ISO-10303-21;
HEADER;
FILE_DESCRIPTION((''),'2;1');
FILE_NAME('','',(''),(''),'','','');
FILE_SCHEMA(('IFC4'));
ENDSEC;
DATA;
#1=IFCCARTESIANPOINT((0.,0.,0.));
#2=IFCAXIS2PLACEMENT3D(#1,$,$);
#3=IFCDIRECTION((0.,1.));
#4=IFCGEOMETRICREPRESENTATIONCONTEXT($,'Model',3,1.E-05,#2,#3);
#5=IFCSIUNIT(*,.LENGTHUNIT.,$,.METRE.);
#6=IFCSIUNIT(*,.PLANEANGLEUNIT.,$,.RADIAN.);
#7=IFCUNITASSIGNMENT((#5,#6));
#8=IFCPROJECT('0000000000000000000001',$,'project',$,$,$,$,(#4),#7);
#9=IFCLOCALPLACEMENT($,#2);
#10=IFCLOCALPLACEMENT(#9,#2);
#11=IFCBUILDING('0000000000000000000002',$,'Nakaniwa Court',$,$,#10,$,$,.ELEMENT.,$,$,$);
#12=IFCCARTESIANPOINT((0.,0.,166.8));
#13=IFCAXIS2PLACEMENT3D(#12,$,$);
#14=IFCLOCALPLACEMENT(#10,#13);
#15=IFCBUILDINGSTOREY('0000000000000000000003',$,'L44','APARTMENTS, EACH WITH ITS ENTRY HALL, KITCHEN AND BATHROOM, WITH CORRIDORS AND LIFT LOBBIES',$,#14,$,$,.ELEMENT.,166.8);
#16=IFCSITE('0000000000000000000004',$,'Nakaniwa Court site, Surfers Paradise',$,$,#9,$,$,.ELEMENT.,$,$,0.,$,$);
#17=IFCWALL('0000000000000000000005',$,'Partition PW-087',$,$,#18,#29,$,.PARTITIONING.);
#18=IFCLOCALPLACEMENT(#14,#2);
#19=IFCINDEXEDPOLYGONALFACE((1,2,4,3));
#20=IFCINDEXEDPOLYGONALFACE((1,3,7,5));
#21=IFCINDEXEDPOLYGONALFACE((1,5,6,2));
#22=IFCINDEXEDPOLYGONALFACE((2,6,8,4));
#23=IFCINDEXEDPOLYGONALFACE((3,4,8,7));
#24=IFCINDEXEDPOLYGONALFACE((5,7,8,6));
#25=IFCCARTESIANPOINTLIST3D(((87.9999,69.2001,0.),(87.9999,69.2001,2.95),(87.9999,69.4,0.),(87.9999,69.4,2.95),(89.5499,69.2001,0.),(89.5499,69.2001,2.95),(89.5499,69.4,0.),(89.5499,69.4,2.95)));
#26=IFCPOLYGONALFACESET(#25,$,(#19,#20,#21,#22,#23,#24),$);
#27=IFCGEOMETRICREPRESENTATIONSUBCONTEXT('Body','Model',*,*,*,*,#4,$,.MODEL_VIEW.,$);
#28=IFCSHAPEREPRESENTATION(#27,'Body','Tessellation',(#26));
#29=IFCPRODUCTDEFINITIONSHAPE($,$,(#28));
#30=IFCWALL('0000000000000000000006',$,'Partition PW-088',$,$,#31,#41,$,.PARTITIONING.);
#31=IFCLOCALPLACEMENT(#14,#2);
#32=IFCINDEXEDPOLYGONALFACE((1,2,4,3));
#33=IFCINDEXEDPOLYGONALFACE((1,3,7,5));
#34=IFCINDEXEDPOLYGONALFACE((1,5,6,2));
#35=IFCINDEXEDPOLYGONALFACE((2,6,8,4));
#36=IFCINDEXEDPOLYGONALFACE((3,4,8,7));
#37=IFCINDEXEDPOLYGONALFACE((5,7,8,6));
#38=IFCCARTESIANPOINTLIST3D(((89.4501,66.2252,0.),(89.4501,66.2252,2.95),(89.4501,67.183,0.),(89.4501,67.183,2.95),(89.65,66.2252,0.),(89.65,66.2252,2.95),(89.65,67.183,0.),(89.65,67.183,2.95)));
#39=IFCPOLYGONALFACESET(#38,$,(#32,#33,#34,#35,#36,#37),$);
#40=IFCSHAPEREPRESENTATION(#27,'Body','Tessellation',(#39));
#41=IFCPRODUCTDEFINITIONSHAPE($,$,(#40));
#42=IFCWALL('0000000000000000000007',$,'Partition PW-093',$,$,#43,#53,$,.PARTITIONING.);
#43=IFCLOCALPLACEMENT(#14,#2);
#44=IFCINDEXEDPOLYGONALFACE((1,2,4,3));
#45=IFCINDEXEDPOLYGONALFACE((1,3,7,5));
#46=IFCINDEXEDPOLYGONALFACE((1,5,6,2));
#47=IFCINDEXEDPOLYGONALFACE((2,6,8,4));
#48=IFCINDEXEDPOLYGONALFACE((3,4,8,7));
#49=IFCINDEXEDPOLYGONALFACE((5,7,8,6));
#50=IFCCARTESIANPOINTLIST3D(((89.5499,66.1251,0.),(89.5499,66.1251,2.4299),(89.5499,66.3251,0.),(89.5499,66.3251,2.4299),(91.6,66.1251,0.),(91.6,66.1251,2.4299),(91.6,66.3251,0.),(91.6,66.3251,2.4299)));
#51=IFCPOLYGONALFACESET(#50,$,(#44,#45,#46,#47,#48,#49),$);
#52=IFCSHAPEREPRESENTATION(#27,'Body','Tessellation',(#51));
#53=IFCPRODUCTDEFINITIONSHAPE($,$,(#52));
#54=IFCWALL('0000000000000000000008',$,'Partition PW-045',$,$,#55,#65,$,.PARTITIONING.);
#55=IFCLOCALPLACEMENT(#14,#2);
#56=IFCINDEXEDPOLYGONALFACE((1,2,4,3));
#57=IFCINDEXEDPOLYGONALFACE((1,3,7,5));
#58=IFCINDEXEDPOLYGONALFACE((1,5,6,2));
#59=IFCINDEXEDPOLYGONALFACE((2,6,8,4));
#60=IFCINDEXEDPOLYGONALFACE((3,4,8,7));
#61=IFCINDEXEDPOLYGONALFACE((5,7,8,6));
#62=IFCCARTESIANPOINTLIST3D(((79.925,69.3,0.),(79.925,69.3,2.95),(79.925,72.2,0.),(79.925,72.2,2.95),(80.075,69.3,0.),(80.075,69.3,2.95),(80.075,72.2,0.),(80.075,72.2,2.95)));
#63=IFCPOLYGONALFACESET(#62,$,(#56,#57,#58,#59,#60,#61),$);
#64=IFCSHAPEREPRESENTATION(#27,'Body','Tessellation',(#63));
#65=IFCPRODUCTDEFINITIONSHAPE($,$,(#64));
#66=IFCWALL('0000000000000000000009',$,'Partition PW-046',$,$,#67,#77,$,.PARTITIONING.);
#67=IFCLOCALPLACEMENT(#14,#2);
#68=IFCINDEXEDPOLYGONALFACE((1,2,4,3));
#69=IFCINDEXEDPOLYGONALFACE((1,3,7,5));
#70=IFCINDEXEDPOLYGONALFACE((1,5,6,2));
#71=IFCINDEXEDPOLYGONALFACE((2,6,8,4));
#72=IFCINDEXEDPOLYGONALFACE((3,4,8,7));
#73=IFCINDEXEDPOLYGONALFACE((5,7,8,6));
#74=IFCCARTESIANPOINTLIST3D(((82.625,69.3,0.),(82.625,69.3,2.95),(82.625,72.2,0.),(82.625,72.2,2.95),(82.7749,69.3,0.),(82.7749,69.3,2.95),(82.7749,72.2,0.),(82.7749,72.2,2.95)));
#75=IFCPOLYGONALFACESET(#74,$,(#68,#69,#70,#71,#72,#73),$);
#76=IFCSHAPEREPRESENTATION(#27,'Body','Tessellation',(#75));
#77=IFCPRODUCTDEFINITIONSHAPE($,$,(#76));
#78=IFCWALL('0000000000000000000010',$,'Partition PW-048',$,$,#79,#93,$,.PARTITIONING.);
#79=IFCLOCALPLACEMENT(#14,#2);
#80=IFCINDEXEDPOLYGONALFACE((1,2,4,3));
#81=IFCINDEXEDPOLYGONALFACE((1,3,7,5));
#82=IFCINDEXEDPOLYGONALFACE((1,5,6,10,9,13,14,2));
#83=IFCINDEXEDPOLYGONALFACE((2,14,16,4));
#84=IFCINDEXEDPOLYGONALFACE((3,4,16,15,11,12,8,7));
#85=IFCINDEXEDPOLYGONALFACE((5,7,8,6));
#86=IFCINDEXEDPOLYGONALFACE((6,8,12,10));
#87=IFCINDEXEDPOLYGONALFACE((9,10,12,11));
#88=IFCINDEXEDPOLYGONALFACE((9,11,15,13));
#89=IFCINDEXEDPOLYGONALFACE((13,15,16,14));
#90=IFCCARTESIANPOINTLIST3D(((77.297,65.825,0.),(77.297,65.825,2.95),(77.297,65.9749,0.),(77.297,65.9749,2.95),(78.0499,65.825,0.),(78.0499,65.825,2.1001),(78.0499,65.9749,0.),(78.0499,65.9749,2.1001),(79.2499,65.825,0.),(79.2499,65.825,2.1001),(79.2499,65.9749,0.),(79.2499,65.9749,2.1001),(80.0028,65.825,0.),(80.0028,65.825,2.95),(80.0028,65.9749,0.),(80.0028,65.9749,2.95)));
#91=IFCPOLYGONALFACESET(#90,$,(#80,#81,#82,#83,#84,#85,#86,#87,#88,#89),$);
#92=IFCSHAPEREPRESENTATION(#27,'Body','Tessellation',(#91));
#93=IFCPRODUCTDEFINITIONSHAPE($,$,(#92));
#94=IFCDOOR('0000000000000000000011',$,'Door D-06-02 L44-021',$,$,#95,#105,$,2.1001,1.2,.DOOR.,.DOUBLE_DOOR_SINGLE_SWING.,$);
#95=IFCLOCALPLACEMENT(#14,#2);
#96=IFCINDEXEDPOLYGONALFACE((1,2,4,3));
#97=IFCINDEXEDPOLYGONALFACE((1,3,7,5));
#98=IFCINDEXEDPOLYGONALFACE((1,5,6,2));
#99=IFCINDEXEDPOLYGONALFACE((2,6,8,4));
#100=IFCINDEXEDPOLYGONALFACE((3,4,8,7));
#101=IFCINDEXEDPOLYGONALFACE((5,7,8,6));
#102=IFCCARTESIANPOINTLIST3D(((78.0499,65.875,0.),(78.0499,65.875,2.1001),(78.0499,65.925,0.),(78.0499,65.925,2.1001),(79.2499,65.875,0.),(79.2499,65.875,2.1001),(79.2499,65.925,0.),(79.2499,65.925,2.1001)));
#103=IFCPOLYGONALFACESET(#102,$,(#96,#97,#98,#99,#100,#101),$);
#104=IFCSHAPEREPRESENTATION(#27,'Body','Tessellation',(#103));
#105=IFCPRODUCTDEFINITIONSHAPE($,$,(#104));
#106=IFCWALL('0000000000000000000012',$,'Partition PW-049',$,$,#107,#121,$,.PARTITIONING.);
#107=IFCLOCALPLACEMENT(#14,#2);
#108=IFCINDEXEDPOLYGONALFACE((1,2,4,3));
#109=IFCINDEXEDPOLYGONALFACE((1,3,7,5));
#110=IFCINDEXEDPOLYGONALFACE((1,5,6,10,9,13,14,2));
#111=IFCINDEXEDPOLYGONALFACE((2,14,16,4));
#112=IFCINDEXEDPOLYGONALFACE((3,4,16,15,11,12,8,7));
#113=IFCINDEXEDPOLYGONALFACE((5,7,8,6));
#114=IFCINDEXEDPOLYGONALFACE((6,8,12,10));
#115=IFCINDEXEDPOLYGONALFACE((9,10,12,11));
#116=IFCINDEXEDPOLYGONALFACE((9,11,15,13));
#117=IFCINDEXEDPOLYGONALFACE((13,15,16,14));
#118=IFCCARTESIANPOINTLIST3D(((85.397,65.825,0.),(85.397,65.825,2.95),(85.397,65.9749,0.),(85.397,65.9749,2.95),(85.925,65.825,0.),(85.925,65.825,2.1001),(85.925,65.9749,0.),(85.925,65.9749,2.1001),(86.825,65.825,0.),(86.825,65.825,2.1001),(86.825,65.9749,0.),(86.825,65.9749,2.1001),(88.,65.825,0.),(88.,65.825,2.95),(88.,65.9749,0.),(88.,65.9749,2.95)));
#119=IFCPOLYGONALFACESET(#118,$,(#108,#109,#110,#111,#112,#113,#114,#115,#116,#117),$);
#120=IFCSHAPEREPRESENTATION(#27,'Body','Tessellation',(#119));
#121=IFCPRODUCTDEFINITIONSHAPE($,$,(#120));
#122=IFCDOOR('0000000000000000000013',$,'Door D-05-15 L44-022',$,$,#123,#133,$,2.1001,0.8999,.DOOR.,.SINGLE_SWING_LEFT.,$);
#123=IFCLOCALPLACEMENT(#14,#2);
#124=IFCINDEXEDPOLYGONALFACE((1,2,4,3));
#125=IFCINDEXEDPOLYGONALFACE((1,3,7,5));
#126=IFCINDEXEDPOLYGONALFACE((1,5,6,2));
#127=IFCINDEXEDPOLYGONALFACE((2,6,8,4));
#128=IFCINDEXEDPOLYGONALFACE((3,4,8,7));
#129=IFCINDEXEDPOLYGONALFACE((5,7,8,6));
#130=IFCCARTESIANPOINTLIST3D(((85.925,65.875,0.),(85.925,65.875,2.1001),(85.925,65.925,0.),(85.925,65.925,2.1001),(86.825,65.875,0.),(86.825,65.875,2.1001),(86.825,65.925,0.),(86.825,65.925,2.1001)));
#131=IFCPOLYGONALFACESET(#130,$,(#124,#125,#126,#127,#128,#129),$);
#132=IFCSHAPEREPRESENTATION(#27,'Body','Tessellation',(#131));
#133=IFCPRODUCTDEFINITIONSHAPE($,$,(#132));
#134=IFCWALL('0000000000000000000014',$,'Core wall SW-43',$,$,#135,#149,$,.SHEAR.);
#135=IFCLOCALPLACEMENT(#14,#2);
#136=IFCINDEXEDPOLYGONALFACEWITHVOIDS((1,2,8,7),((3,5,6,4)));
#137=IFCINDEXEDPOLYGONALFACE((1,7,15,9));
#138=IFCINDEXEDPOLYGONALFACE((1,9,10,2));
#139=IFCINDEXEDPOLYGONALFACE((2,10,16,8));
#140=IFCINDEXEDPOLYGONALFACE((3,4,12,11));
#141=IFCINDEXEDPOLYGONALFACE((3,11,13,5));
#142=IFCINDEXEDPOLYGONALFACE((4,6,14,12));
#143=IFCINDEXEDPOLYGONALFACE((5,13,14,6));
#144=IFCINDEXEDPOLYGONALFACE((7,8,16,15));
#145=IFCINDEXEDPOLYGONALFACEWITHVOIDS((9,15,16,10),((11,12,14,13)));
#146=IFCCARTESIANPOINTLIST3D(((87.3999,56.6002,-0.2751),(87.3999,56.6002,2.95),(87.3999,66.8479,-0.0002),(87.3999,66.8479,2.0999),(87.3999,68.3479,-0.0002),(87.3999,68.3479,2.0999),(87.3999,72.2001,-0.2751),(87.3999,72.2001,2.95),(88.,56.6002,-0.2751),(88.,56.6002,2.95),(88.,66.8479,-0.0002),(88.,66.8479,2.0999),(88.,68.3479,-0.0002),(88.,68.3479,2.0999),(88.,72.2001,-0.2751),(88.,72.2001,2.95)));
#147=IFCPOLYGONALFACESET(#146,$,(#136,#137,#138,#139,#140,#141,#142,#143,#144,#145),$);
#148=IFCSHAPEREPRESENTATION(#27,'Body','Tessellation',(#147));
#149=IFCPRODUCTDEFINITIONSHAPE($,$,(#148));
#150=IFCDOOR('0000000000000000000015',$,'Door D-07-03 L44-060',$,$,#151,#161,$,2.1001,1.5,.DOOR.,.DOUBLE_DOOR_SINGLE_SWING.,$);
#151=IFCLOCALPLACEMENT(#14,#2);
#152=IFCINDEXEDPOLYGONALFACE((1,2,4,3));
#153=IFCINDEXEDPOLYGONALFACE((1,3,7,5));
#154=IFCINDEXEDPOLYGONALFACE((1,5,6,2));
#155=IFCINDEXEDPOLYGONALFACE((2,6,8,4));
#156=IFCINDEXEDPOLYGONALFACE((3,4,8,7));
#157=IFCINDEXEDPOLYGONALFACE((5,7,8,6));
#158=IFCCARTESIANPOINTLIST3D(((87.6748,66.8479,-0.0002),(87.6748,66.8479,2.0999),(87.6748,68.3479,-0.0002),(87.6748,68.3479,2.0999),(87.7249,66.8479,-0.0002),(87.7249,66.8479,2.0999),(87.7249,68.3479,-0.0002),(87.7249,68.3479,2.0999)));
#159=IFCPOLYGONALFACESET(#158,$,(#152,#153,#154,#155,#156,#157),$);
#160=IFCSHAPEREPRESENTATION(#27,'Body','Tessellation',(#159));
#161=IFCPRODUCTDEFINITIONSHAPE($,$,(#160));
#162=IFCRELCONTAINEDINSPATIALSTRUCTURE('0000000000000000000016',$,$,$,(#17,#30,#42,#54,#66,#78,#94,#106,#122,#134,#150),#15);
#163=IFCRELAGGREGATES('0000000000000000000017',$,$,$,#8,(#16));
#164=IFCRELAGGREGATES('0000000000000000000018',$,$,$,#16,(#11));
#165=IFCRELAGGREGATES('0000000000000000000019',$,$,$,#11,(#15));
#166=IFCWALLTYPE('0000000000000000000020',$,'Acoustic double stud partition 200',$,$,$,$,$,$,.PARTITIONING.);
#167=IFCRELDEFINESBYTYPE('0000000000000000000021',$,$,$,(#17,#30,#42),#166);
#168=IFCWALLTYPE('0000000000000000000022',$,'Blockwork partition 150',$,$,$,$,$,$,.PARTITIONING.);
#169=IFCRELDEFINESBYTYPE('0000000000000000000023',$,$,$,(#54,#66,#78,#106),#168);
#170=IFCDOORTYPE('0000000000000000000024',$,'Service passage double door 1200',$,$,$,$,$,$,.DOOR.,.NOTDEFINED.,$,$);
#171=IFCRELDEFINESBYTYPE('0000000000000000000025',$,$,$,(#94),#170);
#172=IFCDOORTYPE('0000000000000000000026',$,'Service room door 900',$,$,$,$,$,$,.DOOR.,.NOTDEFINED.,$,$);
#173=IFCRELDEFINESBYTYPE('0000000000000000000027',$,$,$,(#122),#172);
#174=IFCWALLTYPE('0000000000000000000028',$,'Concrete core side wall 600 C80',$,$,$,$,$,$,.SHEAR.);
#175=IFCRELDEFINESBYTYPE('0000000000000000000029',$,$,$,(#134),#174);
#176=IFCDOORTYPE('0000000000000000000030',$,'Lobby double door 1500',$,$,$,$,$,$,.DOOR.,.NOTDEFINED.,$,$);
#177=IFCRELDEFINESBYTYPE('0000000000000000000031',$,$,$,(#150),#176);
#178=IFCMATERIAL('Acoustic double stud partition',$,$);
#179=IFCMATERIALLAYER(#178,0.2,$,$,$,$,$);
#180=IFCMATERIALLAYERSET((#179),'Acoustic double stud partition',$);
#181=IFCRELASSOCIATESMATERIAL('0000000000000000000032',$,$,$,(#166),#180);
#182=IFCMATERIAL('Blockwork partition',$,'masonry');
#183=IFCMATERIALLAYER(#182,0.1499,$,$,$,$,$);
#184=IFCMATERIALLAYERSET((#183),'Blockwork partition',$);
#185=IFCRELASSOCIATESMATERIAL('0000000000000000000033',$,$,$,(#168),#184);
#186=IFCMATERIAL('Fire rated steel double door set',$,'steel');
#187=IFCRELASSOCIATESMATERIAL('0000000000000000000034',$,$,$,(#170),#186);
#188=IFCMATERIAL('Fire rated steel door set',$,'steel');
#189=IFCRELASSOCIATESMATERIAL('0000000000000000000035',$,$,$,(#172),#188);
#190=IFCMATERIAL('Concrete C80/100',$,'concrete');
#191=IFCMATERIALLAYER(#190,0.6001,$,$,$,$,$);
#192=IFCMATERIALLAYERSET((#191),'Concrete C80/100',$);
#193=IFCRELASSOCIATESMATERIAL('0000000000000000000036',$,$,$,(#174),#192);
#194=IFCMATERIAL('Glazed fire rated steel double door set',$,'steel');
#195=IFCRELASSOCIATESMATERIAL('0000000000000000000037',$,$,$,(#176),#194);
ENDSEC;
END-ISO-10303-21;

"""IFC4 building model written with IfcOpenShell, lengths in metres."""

from ifc_helpers import new_model, si_unit, direction, frame, frame_2d, origin, place, context, subcontext, project, spatial, rectangle, extrude, material, layer, layer_set, type_object, element, fill, save


model = new_model("IFC4")

# Units and contexts
model_context = context("Model", 3, precision=1e-05, world=origin(), true_north=direction((0.0, 1.0)))
body_context = subcontext(model_context, "Body", "Model", "MODEL_VIEW")
ifc_project = project(units=[si_unit("LENGTHUNIT", "METRE"), si_unit("PLANEANGLEUNIT", "RADIAN")], contexts=[model_context])

# Site, building, storey
site_placement = place(None, origin())
site = spatial("IfcSite", under=ifc_project, at=site_placement, Name="Nakaniwa Court site, Surfers Paradise", CompositionType="ELEMENT", RefElevation=0.0)
building_placement = place(site_placement, origin())
building = spatial("IfcBuilding", under=site, at=building_placement, Name="Nakaniwa Court", CompositionType="ELEMENT")
storey_placement = place(building_placement, frame((0.0, 0.0, 166.8)))
storey = spatial("IfcBuildingStorey", under=building, at=storey_placement, Name="L44", Description="APARTMENTS, EACH WITH ITS ENTRY HALL, KITCHEN AND BATHROOM, WITH CORRIDORS AND LIFT LOBBIES", CompositionType="ELEMENT", Elevation=166.8)

# Walls
ifc_material_1 = material(Name="Acoustic double stud partition")
ifc_layer_1 = layer(ifc_material_1, 0.2)
ifc_layer_set_1 = layer_set([ifc_layer_1], Name="Acoustic double stud partition")
wall_type_1 = type_object("IfcWallType", Name="Acoustic double stud partition 200", PredefinedType="PARTITIONING", material=ifc_layer_set_1)
wall_1_placement = place(storey_placement, frame((88.0, 69.3, 0.0), z_axis=(0.0, 0.0, 1.0), x_axis=(1.0, 0.0, 0.0)))
element("IfcWall", 1, at=wall_1_placement, inside=storey, type_object=wall_type_1, Name="Partition PW-087", PredefinedType="PARTITIONING", context=body_context, shape_type="SweptSolid", body=[
    extrude(rectangle(XDim=1.55, YDim=0.2, at=frame_2d((0.7749, 0.0))), origin(), (0.0, 0.0, 1.0), 2.95),
])
wall_2_placement = place(storey_placement, frame((89.55, 66.2251, 0.0), z_axis=(0.0, 0.0, 1.0), x_axis=(0.0, 1.0, 0.0)))
element("IfcWall", 2, at=wall_2_placement, inside=storey, type_object=wall_type_1, Name="Partition PW-088", PredefinedType="PARTITIONING", context=body_context, shape_type="SweptSolid", body=[
    extrude(rectangle(XDim=0.9578, YDim=0.2, at=frame_2d((0.479, 0.0))), origin(), (0.0, 0.0, 1.0), 2.95),
])
wall_3_placement = place(storey_placement, frame((89.55, 66.2251, 0.0), z_axis=(0.0, 0.0, 1.0), x_axis=(1.0, 0.0, 0.0)))
element("IfcWall", 3, at=wall_3_placement, inside=storey, type_object=wall_type_1, Name="Partition PW-093", PredefinedType="PARTITIONING", context=body_context, shape_type="SweptSolid", body=[
    extrude(rectangle(XDim=2.05, YDim=0.2, at=frame_2d((1.0249, 0.0))), origin(), (0.0, 0.0, 1.0), 2.4299),
])
ifc_material_2 = material(Name="Blockwork partition", Category="masonry")
ifc_layer_2 = layer(ifc_material_2, 0.1499)
ifc_layer_set_2 = layer_set([ifc_layer_2], Name="Blockwork partition")
wall_type_2 = type_object("IfcWallType", Name="Blockwork partition 150", PredefinedType="PARTITIONING", material=ifc_layer_set_2)
for number, where, z_axis, x_axis, name in (
    (4, (80.0, 69.3, 0.0), (0.0, 0.0, 1.0), (0.0, 1.0, 0.0), "Partition PW-045"),
    (5, (82.7, 69.3, 0.0), (0.0, 0.0, 1.0), (0.0, 1.0, 0.0), "Partition PW-046"),
):
    element("IfcWall", number, at=place(storey_placement, frame(where, z_axis=z_axis, x_axis=x_axis)), inside=storey, type_object=wall_type_2, Name=name, PredefinedType="PARTITIONING", context=body_context, shape_type="SweptSolid", body=[
        extrude(rectangle(XDim=2.8999, YDim=0.1499, at=frame_2d((1.45, 0.0))), origin(), (0.0, 0.0, 1.0), 2.95),
    ])

# Walls, openings, doors
wall_4_placement = place(storey_placement, frame((80.0029, 65.8999, 0.0), z_axis=(0.0, 0.0, 1.0), x_axis=(-1.0, 0.0, 0.0)))
wall_4 = element("IfcWall", 6, at=wall_4_placement, inside=storey, type_object=wall_type_2, Name="Partition PW-048", PredefinedType="PARTITIONING", context=body_context, shape_type="SweptSolid", body=[
    extrude(rectangle(XDim=2.7058, YDim=0.1499, at=frame_2d((1.353, 0.0))), origin(), (0.0, 0.0, 1.0), 2.95),
])
opening_1_placement = place(wall_4_placement, frame((0.7529, 0.0, 0.0)))
opening_1 = element("IfcOpeningElement", 7, at=opening_1_placement, cuts=wall_4, PredefinedType="OPENING", context=body_context, shape_type="SweptSolid", body=[
    extrude(rectangle(XDim=1.2, YDim=2.1001, at=frame_2d((0.6001, 1.05))), frame((0.0, 0.085, 0.0), z_axis=(0.0, -1.0, 0.0), x_axis=(1.0, 0.0, 0.0)), (0.0, 0.0, 1.0), 0.1699),
])
ifc_material_3 = material(Name="Fire rated steel double door set", Category="steel")
door_type_1 = type_object("IfcDoorType", Name="Service passage double door 1200", OperationType="NOTDEFINED", PredefinedType="DOOR", material=ifc_material_3)
door_1_placement = place(opening_1_placement, origin())
door_1 = element("IfcDoor", 8, at=door_1_placement, inside=storey, type_object=door_type_1, Name="Door D-06-02 L44-021", OperationType="DOUBLE_DOOR_SINGLE_SWING", OverallHeight=2.1001, OverallWidth=1.2, PredefinedType="DOOR", context=body_context, shape_type="SweptSolid", body=[
    extrude(rectangle(XDim=1.2, YDim=2.1001, at=frame_2d((0.6001, 1.05))), frame((0.0, 0.0249, 0.0), z_axis=(0.0, -1.0, 0.0), x_axis=(1.0, 0.0, 0.0)), (0.0, 0.0, 1.0), 0.05),
])
fill(opening_1, door_1)
wall_5_placement = place(storey_placement, frame((88.0, 65.8999, 0.0), z_axis=(0.0, 0.0, 1.0), x_axis=(-1.0, 0.0, 0.0)))
wall_5 = element("IfcWall", 9, at=wall_5_placement, inside=storey, type_object=wall_type_2, Name="Partition PW-049", PredefinedType="PARTITIONING", context=body_context, shape_type="SweptSolid", body=[
    extrude(rectangle(XDim=2.603, YDim=0.1499, at=frame_2d((1.3015, 0.0))), origin(), (0.0, 0.0, 1.0), 2.95),
])
opening_2_placement = place(wall_5_placement, frame((1.175, 0.0, 0.0)))
opening_2 = element("IfcOpeningElement", 10, at=opening_2_placement, cuts=wall_5, PredefinedType="OPENING", context=body_context, shape_type="SweptSolid", body=[
    extrude(rectangle(XDim=0.8999, YDim=2.1001, at=frame_2d((0.45, 1.05))), frame((0.0, 0.085, 0.0), z_axis=(0.0, -1.0, 0.0), x_axis=(1.0, 0.0, 0.0)), (0.0, 0.0, 1.0), 0.1699),
])
ifc_material_4 = material(Name="Fire rated steel door set", Category="steel")
door_type_2 = type_object("IfcDoorType", Name="Service room door 900", OperationType="NOTDEFINED", PredefinedType="DOOR", material=ifc_material_4)
door_2_placement = place(opening_2_placement, origin())
door_2 = element("IfcDoor", 11, at=door_2_placement, inside=storey, type_object=door_type_2, Name="Door D-05-15 L44-022", OperationType="SINGLE_SWING_LEFT", OverallHeight=2.1001, OverallWidth=0.8999, PredefinedType="DOOR", context=body_context, shape_type="SweptSolid", body=[
    extrude(rectangle(XDim=0.8999, YDim=2.1001, at=frame_2d((0.45, 1.05))), frame((0.0, 0.0249, 0.0), z_axis=(0.0, -1.0, 0.0), x_axis=(1.0, 0.0, 0.0)), (0.0, 0.0, 1.0), 0.05),
])
fill(opening_2, door_2)
ifc_material_5 = material(Name="Concrete C80/100", Category="concrete")
ifc_layer_3 = layer(ifc_material_5, 0.6001)
ifc_layer_set_3 = layer_set([ifc_layer_3], Name="Concrete C80/100")
wall_type_3 = type_object("IfcWallType", Name="Concrete core side wall 600 C80", PredefinedType="SHEAR", material=ifc_layer_set_3)
wall_6_placement = place(storey_placement, frame((87.7, 72.2, -0.2751), z_axis=(0.0, 0.0, 1.0), x_axis=(0.0, -1.0, 0.0)))
wall_6 = element("IfcWall", 12, at=wall_6_placement, inside=storey, type_object=wall_type_3, Name="Core wall SW-43", PredefinedType="SHEAR", context=body_context, shape_type="SweptSolid", body=[
    extrude(rectangle(XDim=15.5999, YDim=0.6001, at=frame_2d((7.7998, 0.0))), origin(), (0.0, 0.0, 1.0), 3.2251),
])
opening_3_placement = place(wall_6_placement, frame((3.8521, 0.0, 0.2749)))
opening_3 = element("IfcOpeningElement", 13, at=opening_3_placement, cuts=wall_6, PredefinedType="OPENING", context=body_context, shape_type="SweptSolid", body=[
    extrude(rectangle(XDim=1.5, YDim=2.1001, at=frame_2d((0.75, 1.05))), frame((0.0, 0.3101, 0.0), z_axis=(0.0, -1.0, 0.0), x_axis=(1.0, 0.0, 0.0)), (0.0, 0.0, 1.0), 0.6201),
])
ifc_material_6 = material(Name="Glazed fire rated steel double door set", Category="steel")
door_type_3 = type_object("IfcDoorType", Name="Lobby double door 1500", OperationType="NOTDEFINED", PredefinedType="DOOR", material=ifc_material_6)
door_3_placement = place(opening_3_placement, origin())
door_3 = element("IfcDoor", 14, at=door_3_placement, inside=storey, type_object=door_type_3, Name="Door D-07-03 L44-060", OperationType="DOUBLE_DOOR_SINGLE_SWING", OverallHeight=2.1001, OverallWidth=1.5, PredefinedType="DOOR", context=body_context, shape_type="SweptSolid", body=[
    extrude(rectangle(XDim=1.5, YDim=2.1001, at=frame_2d((0.75, 1.05))), frame((0.0, 0.0249, 0.0), z_axis=(0.0, -1.0, 0.0), x_axis=(1.0, 0.0, 0.0)), (0.0, 0.0, 1.0), 0.05),
])
fill(opening_3, door_3)

save(model, "model.ifc")
